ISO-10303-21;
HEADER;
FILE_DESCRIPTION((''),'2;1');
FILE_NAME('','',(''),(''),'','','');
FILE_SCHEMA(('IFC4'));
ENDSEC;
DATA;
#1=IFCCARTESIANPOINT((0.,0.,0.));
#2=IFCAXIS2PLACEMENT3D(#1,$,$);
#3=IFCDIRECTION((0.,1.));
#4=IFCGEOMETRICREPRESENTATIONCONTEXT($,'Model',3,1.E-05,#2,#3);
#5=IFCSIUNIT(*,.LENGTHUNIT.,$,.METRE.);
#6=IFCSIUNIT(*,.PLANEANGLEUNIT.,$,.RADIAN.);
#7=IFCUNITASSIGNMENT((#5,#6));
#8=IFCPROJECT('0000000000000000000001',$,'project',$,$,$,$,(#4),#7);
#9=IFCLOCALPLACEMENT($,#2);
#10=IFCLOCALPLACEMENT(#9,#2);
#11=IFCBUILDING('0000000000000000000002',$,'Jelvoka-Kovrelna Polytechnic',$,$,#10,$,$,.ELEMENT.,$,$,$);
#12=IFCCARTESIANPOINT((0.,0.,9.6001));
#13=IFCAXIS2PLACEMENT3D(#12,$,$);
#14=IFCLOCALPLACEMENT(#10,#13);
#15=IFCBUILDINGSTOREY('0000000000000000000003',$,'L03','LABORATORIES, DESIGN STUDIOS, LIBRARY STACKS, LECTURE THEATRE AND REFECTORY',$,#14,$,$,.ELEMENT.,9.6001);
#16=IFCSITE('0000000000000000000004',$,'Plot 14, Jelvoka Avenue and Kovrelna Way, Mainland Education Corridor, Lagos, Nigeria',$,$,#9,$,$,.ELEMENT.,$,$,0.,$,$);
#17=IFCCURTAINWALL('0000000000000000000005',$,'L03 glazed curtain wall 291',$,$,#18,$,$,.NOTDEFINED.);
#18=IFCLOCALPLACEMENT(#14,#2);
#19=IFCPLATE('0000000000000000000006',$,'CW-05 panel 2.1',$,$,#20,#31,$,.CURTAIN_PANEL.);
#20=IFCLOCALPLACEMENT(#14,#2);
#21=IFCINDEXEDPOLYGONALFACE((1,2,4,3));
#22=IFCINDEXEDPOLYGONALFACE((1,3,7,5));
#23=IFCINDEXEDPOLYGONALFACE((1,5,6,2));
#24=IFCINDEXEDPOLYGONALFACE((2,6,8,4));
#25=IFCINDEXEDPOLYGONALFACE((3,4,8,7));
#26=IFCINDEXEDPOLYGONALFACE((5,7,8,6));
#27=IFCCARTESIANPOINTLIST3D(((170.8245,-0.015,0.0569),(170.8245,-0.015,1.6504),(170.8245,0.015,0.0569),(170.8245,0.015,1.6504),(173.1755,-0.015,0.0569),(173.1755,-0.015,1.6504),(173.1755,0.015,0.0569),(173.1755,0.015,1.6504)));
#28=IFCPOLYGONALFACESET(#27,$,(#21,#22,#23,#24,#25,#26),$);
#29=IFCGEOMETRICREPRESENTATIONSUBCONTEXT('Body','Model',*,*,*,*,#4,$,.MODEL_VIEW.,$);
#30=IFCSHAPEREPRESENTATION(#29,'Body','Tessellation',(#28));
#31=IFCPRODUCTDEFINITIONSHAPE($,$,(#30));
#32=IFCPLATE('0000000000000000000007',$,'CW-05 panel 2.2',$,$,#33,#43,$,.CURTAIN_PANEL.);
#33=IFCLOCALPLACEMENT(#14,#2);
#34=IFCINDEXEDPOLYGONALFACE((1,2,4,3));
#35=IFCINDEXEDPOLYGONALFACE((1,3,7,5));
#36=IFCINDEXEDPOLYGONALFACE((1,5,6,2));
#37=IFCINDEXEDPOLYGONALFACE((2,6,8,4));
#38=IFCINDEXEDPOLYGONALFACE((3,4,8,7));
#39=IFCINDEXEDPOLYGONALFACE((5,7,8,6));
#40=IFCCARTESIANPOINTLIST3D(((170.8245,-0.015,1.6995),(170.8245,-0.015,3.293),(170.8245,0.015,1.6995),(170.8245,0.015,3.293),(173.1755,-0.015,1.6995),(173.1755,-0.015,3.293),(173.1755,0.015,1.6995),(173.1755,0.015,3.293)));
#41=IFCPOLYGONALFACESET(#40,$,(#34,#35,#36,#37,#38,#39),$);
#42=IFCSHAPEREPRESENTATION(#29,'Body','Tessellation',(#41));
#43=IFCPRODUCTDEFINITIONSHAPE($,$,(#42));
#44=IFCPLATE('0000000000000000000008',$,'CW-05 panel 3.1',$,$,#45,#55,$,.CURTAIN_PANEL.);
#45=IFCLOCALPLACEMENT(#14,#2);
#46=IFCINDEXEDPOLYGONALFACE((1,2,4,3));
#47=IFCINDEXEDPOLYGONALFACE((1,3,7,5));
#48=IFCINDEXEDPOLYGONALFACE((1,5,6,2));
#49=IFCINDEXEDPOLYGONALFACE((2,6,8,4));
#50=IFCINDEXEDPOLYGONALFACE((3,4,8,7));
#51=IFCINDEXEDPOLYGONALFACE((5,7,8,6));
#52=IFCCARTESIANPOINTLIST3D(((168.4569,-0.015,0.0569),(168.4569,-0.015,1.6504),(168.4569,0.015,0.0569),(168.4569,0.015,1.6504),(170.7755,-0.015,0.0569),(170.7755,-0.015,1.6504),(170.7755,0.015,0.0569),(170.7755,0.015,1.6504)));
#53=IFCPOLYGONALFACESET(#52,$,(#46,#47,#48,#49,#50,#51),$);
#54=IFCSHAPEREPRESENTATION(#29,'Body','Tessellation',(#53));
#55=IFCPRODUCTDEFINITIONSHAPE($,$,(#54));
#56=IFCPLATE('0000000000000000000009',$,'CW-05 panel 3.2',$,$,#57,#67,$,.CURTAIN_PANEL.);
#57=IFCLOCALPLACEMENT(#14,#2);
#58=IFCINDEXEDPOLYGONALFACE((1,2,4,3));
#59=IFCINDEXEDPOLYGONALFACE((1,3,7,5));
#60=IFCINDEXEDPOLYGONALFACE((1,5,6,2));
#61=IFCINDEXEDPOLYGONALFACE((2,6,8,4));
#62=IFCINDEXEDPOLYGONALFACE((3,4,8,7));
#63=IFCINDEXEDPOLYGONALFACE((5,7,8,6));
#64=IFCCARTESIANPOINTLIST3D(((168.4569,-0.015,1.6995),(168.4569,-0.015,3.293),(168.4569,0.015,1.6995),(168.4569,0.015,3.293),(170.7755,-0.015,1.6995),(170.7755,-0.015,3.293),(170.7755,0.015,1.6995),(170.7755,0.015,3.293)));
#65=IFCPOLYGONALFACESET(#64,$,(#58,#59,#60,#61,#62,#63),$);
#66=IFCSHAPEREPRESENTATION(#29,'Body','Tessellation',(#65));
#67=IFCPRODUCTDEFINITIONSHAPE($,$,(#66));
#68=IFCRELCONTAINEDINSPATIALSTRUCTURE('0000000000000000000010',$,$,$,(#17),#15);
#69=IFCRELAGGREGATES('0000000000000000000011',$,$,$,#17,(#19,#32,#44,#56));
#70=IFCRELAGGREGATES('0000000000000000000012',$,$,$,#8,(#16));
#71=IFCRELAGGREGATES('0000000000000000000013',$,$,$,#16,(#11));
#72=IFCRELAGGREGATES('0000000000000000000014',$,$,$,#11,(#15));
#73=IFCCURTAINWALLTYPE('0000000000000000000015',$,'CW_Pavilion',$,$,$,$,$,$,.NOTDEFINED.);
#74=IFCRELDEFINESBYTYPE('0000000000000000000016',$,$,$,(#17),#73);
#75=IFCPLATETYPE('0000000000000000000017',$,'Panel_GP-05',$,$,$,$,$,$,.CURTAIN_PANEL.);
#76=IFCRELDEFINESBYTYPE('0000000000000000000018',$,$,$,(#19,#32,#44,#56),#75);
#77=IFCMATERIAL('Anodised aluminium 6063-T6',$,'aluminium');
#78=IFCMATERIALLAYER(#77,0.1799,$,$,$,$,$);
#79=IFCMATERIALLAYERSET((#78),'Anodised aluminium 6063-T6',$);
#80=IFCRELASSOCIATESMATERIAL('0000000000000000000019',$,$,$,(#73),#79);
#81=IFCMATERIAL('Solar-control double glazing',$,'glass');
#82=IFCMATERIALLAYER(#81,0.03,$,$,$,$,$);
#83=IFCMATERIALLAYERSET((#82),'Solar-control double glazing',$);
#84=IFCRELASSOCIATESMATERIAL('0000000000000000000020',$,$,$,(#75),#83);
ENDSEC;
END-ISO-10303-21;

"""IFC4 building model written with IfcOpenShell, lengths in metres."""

from ifc_helpers import new_model, si_unit, direction, frame, origin, origin_2d, place, context, subcontext, project, spatial, rectangle, extrude, material, layer, layer_set, type_object, element, aggregate, save


model = new_model("IFC4")

# Units and contexts
model_context = context("Model", 3, precision=1e-05, world=origin(), true_north=direction((0.0, 1.0)))
body_context = subcontext(model_context, "Body", "Model", "MODEL_VIEW")
ifc_project = project(units=[si_unit("LENGTHUNIT", "METRE"), si_unit("PLANEANGLEUNIT", "RADIAN")], contexts=[model_context])

# Site, building, storey
site_placement = place(None, origin())
site = spatial("IfcSite", under=ifc_project, at=site_placement, Name="Plot 14, Jelvoka Avenue and Kovrelna Way, Mainland Education Corridor, Lagos, Nigeria", CompositionType="ELEMENT", RefElevation=0.0)
building_placement = place(site_placement, origin())
building = spatial("IfcBuilding", under=site, at=building_placement, Name="Jelvoka-Kovrelna Polytechnic", CompositionType="ELEMENT")
storey_placement = place(building_placement, frame((0.0, 0.0, 9.6001)))
storey = spatial("IfcBuildingStorey", under=building, at=storey_placement, Name="L03", Description="LABORATORIES, DESIGN STUDIOS, LIBRARY STACKS, LECTURE THEATRE AND REFECTORY", CompositionType="ELEMENT", Elevation=9.6001)

# Curtain wall
ifc_material_1 = material(Name="Anodised aluminium 6063-T6", Category="aluminium")
ifc_layer_1 = layer(ifc_material_1, 0.1799)
ifc_layer_set_1 = layer_set([ifc_layer_1], Name="Anodised aluminium 6063-T6")
curtain_wall_type = type_object("IfcCurtainWallType", Name="CW_Pavilion", PredefinedType="NOTDEFINED", material=ifc_layer_set_1)
curtain_wall_1_placement = place(storey_placement, origin())
curtain_wall_1 = element("IfcCurtainWall", 1, at=curtain_wall_1_placement, inside=storey, type_object=curtain_wall_type, Name="L03 glazed curtain wall 291", PredefinedType="NOTDEFINED")

# Plates
ifc_material_2 = material(Name="Solar-control double glazing", Category="glass")
ifc_layer_2 = layer(ifc_material_2, 0.03)
ifc_layer_set_2 = layer_set([ifc_layer_2], Name="Solar-control double glazing")
plate_type = type_object("IfcPlateType", Name="Panel_GP-05", PredefinedType="CURTAIN_PANEL", material=ifc_layer_set_2)
plate_1_placement = place(storey_placement, frame((172.0, 0.0, 0.0569), z_axis=(0.0, 0.0, 1.0), x_axis=(-1.0, 0.0, 0.0)))
plate_1 = element("IfcPlate", 2, at=plate_1_placement, type_object=plate_type, Name="CW-05 panel 2.1", PredefinedType="CURTAIN_PANEL", context=body_context, shape_type="SweptSolid", body=[
    extrude(rectangle(XDim=2.3511, YDim=0.03, at=origin_2d()), origin(), (0.0, 0.0, 1.0), 1.5935),
])
plate_2_placement = place(storey_placement, frame((172.0, 0.0, 1.6995), z_axis=(0.0, 0.0, 1.0), x_axis=(-1.0, 0.0, 0.0)))
plate_2 = element("IfcPlate", 3, at=plate_2_placement, type_object=plate_type, Name="CW-05 panel 2.2", PredefinedType="CURTAIN_PANEL", context=body_context, shape_type="SweptSolid", body=[
    extrude(rectangle(XDim=2.3511, YDim=0.03, at=origin_2d()), origin(), (0.0, 0.0, 1.0), 1.5935),
])
plate_3_placement = place(storey_placement, frame((169.6162, 0.0, 0.0569), z_axis=(0.0, 0.0, 1.0), x_axis=(-1.0, 0.0, 0.0)))
plate_3 = element("IfcPlate", 4, at=plate_3_placement, type_object=plate_type, Name="CW-05 panel 3.1", PredefinedType="CURTAIN_PANEL", context=body_context, shape_type="SweptSolid", body=[
    extrude(rectangle(XDim=2.3186, YDim=0.03, at=origin_2d()), origin(), (0.0, 0.0, 1.0), 1.5935),
])
plate_4_placement = place(storey_placement, frame((169.6162, 0.0, 1.6995), z_axis=(0.0, 0.0, 1.0), x_axis=(-1.0, 0.0, 0.0)))
plate_4 = element("IfcPlate", 5, at=plate_4_placement, type_object=plate_type, Name="CW-05 panel 3.2", PredefinedType="CURTAIN_PANEL", context=body_context, shape_type="SweptSolid", body=[
    extrude(rectangle(XDim=2.3186, YDim=0.03, at=origin_2d()), origin(), (0.0, 0.0, 1.0), 1.5935),
])
aggregate(curtain_wall_1, [plate_1, plate_2, plate_3, plate_4])

save(model, "model.ifc")
